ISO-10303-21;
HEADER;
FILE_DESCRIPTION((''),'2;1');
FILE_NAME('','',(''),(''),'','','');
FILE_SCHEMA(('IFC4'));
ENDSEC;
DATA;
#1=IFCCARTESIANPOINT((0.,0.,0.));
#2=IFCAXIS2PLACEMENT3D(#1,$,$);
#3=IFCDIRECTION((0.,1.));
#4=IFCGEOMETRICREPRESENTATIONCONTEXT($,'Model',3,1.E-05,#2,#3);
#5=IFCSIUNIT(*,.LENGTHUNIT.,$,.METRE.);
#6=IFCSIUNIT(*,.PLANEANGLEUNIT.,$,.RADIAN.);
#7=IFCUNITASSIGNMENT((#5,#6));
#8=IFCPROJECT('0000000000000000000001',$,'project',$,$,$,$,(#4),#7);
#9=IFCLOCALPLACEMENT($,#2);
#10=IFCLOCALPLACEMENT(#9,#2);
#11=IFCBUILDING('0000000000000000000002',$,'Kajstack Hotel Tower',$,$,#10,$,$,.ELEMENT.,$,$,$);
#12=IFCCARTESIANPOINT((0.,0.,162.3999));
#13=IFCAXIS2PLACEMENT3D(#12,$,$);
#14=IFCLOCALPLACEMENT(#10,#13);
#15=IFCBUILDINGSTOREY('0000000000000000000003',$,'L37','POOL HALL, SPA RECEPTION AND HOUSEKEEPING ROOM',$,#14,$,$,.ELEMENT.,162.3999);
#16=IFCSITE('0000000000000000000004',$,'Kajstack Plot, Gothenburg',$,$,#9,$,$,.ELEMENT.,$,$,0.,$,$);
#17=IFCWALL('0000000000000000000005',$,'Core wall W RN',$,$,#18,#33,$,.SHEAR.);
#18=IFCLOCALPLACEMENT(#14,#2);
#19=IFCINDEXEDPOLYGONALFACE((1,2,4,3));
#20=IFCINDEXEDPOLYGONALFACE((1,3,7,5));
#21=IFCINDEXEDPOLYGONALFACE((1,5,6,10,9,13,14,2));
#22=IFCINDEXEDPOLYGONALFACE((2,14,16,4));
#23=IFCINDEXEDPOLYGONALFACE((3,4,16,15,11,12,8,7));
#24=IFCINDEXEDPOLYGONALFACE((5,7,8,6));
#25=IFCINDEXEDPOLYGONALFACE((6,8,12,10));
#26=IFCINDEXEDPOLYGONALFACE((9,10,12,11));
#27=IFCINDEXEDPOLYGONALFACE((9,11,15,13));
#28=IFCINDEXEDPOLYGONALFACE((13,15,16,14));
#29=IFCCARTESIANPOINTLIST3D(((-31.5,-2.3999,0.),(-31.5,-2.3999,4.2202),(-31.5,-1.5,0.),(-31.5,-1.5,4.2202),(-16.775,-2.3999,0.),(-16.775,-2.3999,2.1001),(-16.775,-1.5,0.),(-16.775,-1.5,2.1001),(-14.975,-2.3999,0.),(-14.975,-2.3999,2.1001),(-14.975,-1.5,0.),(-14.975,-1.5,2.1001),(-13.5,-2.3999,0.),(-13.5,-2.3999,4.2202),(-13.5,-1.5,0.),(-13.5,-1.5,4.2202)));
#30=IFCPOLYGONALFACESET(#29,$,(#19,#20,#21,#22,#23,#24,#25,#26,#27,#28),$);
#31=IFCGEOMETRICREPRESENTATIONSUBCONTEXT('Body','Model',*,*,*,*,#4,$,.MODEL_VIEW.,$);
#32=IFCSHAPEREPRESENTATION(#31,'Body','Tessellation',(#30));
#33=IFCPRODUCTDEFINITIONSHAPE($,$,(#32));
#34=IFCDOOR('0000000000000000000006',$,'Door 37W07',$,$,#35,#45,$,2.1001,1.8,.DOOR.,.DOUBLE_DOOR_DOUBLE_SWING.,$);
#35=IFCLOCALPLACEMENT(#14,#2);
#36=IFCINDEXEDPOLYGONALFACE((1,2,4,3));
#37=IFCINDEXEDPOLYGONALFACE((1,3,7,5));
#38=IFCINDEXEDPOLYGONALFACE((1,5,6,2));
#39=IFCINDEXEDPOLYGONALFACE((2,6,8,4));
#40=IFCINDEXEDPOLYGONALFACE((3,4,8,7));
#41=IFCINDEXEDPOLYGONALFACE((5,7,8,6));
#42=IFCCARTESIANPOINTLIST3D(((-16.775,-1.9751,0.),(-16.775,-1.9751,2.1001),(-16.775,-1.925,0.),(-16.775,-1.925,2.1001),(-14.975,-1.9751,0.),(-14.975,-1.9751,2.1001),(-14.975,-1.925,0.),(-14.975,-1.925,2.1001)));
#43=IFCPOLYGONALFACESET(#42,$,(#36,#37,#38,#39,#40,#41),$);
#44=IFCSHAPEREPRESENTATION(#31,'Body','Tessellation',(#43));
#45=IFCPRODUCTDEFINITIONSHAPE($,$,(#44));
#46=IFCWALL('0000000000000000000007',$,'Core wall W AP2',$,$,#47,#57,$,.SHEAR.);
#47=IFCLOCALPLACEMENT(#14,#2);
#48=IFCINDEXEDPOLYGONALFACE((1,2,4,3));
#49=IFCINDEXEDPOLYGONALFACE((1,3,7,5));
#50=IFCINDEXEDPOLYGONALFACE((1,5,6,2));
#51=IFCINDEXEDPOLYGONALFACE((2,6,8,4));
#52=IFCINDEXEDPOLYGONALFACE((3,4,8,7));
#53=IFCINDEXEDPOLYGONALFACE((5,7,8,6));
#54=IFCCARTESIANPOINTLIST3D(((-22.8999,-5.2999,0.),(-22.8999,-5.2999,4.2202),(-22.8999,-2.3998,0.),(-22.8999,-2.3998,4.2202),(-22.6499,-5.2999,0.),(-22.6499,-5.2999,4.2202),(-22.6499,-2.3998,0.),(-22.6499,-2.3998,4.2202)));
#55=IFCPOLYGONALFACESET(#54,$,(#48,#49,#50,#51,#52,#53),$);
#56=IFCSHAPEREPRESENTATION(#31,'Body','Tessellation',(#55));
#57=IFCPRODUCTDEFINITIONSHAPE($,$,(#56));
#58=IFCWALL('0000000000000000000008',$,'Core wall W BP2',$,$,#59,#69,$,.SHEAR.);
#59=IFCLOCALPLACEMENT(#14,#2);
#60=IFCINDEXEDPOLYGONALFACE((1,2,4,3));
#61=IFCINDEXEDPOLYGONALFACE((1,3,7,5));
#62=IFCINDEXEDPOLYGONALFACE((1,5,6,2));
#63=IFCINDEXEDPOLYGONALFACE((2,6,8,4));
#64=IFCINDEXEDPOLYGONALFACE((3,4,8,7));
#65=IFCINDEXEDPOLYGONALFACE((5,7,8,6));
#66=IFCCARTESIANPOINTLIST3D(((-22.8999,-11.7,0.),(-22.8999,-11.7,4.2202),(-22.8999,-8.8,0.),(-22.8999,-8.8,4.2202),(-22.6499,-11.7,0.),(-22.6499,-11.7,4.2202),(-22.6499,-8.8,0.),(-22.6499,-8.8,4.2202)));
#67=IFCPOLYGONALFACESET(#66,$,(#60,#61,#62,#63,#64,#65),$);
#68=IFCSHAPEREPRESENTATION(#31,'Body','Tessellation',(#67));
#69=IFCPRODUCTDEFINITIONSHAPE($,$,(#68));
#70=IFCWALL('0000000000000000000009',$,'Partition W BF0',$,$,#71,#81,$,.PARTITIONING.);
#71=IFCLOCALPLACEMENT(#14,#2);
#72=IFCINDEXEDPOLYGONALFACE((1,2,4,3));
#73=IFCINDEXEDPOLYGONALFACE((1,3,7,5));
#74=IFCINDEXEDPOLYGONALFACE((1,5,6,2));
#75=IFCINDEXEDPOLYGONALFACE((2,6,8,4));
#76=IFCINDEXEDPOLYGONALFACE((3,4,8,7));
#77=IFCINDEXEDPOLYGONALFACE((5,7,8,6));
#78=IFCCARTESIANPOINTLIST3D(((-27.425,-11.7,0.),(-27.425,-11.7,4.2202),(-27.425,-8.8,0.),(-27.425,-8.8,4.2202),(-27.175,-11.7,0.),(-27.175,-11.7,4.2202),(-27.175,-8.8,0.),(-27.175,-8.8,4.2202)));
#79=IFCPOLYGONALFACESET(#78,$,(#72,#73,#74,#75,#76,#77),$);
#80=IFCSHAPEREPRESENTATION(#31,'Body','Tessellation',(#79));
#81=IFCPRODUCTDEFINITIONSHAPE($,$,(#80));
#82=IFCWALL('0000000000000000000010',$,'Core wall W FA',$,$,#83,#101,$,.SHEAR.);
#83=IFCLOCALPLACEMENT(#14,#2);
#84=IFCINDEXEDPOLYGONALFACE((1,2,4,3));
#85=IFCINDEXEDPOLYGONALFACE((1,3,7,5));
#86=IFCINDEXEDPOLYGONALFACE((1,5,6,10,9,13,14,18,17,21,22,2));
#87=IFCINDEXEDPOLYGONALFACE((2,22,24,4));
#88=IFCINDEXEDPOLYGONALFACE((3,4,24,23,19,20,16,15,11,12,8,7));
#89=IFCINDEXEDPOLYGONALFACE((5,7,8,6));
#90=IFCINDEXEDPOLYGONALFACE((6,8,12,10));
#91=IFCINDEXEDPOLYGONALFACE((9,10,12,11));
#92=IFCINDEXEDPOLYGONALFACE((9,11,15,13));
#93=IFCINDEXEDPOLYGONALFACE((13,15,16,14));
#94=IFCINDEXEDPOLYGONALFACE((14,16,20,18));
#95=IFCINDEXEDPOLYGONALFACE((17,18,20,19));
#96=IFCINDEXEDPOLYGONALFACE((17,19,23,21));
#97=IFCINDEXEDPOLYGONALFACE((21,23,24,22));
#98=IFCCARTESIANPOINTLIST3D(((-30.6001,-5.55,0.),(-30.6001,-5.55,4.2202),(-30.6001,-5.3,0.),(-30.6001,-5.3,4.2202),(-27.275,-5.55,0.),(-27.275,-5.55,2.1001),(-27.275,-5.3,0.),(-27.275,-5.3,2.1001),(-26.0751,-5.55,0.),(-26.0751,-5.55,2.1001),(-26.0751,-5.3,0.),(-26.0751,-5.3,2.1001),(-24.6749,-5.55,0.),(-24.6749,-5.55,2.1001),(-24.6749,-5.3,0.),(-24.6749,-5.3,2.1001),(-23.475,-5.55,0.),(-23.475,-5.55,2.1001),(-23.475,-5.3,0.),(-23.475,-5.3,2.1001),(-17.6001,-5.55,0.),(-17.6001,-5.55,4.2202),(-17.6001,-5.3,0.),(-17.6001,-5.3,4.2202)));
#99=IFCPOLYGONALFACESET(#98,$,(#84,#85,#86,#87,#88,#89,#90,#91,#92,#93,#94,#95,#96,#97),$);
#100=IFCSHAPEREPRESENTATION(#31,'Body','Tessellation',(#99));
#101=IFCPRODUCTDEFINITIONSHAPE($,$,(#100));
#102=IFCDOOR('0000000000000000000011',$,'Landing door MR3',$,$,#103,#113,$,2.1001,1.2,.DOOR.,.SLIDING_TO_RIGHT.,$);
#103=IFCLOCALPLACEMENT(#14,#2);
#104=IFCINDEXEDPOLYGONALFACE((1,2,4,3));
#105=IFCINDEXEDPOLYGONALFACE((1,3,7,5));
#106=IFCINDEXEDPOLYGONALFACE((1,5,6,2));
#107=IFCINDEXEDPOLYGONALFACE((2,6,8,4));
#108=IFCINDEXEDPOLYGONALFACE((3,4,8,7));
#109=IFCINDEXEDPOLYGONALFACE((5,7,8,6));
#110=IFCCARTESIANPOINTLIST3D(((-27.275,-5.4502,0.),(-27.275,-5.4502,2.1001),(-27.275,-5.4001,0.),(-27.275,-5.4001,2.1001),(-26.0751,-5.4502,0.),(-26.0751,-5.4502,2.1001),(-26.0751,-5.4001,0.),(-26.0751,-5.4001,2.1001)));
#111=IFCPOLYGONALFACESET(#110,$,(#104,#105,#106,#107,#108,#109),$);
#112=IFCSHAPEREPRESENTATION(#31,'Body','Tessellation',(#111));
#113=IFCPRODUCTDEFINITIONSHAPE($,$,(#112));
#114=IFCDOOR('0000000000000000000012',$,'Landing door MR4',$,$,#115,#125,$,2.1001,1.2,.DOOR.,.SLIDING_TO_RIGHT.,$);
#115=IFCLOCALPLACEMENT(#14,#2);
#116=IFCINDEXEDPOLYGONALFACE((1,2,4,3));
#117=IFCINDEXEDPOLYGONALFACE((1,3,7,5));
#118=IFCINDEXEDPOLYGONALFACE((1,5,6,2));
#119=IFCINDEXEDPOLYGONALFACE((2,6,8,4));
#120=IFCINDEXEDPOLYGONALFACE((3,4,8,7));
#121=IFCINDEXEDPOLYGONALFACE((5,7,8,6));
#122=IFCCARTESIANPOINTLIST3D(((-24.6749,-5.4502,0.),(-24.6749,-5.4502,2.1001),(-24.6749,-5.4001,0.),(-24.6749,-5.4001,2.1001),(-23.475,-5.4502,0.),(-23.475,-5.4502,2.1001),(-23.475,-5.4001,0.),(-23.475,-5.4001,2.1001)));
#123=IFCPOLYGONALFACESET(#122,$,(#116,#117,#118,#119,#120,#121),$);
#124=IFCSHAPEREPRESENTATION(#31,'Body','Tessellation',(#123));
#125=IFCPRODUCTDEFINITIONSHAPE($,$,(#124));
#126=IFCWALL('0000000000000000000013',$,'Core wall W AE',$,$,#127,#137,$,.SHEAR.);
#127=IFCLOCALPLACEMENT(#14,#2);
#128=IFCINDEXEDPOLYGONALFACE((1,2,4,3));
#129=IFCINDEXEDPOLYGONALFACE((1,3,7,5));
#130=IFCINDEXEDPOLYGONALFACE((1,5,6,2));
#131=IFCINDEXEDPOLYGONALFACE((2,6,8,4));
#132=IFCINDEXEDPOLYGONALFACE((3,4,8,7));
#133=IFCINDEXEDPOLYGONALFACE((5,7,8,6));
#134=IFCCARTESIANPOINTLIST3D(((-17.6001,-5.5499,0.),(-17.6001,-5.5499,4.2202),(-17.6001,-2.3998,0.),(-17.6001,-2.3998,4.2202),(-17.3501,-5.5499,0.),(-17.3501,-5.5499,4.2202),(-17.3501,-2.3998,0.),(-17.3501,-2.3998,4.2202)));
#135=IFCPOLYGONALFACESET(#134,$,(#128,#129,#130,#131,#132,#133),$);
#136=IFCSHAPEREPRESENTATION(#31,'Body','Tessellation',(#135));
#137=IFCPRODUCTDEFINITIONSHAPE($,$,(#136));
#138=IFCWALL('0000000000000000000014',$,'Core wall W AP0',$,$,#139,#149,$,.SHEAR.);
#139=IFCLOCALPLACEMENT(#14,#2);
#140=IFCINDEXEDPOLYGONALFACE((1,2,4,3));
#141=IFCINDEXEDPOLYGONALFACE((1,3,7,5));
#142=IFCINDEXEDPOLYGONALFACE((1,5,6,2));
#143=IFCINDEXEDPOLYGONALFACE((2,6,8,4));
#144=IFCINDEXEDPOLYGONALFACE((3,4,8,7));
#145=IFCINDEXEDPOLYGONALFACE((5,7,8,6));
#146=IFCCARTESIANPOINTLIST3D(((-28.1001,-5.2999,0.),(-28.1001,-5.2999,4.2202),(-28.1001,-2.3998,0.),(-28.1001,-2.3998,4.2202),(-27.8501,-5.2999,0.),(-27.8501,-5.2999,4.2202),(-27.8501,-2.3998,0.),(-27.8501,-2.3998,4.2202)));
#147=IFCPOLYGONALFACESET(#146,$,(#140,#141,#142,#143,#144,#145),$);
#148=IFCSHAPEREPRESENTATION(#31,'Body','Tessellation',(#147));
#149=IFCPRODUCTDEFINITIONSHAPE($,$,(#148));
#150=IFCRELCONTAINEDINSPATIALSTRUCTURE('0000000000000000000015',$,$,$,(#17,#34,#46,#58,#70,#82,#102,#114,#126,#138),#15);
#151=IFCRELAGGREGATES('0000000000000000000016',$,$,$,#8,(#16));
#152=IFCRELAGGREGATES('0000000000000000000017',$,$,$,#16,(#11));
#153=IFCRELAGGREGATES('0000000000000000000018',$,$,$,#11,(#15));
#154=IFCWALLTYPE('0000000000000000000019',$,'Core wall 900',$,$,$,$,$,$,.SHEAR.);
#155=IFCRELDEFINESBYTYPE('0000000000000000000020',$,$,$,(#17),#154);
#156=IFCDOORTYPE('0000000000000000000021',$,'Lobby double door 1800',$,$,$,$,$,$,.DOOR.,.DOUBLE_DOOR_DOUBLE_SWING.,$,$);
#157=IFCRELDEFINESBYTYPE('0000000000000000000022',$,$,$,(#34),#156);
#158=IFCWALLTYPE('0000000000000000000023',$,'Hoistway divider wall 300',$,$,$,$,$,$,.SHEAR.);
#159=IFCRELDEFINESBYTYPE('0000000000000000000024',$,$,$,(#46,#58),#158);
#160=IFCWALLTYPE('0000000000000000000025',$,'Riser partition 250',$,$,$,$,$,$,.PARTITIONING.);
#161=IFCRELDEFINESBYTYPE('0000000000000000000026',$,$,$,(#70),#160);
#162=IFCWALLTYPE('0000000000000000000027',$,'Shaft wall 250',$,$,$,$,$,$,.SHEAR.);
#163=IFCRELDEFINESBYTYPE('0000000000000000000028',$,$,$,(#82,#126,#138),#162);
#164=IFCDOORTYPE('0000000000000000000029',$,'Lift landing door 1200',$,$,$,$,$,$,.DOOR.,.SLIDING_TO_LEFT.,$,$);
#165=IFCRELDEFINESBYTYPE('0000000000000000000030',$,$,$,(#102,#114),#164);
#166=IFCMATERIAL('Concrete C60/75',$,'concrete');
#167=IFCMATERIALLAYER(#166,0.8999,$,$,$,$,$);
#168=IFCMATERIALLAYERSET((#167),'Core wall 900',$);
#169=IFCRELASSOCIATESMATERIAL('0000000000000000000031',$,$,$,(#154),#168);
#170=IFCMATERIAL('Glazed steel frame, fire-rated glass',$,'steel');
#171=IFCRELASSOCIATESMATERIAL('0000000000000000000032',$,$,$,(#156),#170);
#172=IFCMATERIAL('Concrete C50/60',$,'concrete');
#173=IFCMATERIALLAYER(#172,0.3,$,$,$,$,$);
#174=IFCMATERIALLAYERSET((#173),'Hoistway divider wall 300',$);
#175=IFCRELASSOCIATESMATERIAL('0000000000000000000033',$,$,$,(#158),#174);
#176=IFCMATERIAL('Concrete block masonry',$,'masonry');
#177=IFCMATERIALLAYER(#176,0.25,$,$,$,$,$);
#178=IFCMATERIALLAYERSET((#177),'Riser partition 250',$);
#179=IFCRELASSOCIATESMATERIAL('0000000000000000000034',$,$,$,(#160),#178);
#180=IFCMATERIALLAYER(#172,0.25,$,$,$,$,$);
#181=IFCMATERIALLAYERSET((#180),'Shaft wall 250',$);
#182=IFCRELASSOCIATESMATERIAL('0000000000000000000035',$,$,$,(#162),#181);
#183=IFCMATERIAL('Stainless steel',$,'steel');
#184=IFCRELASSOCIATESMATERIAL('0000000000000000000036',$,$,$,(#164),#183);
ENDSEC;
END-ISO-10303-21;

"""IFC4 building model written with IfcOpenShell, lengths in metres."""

from ifc_helpers import new_model, si_unit, direction, frame, frame_2d, origin, place, context, subcontext, project, spatial, rectangle, extrude, material, layer, layer_set, type_object, element, fill, save


model = new_model("IFC4")

# Units and contexts
model_context = context("Model", 3, precision=1e-05, world=origin(), true_north=direction((0.0, 1.0)))
body_context = subcontext(model_context, "Body", "Model", "MODEL_VIEW")
ifc_project = project(units=[si_unit("LENGTHUNIT", "METRE"), si_unit("PLANEANGLEUNIT", "RADIAN")], contexts=[model_context])

# Site, building, storey
site_placement = place(None, origin())
site = spatial("IfcSite", under=ifc_project, at=site_placement, Name="Kajstack Plot, Gothenburg", CompositionType="ELEMENT", RefElevation=0.0)
building_placement = place(site_placement, origin())
building = spatial("IfcBuilding", under=site, at=building_placement, Name="Kajstack Hotel Tower", CompositionType="ELEMENT")
storey_placement = place(building_placement, frame((0.0, 0.0, 162.3999)))
storey = spatial("IfcBuildingStorey", under=building, at=storey_placement, Name="L37", Description="POOL HALL, SPA RECEPTION AND HOUSEKEEPING ROOM", CompositionType="ELEMENT", Elevation=162.3999)

# Wall, opening, door
ifc_material_1 = material(Name="Concrete C60/75", Category="concrete")
ifc_layer_1 = layer(ifc_material_1, 0.8999)
ifc_layer_set_1 = layer_set([ifc_layer_1], Name="Core wall 900")
wall_type_1 = type_object("IfcWallType", Name="Core wall 900", PredefinedType="SHEAR", material=ifc_layer_set_1)
wall_1_placement = place(storey_placement, frame((-31.5, -1.95, 0.0), z_axis=(0.0, 0.0, 1.0), x_axis=(1.0, 0.0, 0.0)))
wall_1 = element("IfcWall", 1, at=wall_1_placement, inside=storey, type_object=wall_type_1, Name="Core wall W RN", PredefinedType="SHEAR", context=body_context, shape_type="SweptSolid", body=[
    extrude(rectangle(XDim=18.0, YDim=0.8999, at=frame_2d((9.0, 0.0))), origin(), (0.0, 0.0, 1.0), 4.2202),
])
opening_1_placement = place(wall_1_placement, frame((14.7251, 0.0, 0.0)))
opening_1 = element("IfcOpeningElement", 2, at=opening_1_placement, cuts=wall_1, PredefinedType="OPENING", context=body_context, shape_type="SweptSolid", body=[
    extrude(rectangle(XDim=1.8, YDim=2.1001, at=frame_2d((0.8999, 1.05))), frame((0.0, 0.46, 0.0), z_axis=(0.0, -1.0, 0.0), x_axis=(1.0, 0.0, 0.0)), (0.0, 0.0, 1.0), 0.9199),
])
ifc_material_2 = material(Name="Glazed steel frame, fire-rated glass", Category="steel")
door_type_1 = type_object("IfcDoorType", Name="Lobby double door 1800", OperationType="DOUBLE_DOOR_DOUBLE_SWING", PredefinedType="DOOR", material=ifc_material_2)
door_1_placement = place(opening_1_placement, origin())
door_1 = element("IfcDoor", 3, at=door_1_placement, inside=storey, type_object=door_type_1, Name="Door 37W07", OperationType="DOUBLE_DOOR_DOUBLE_SWING", OverallHeight=2.1001, OverallWidth=1.8, PredefinedType="DOOR", context=body_context, shape_type="SweptSolid", body=[
    extrude(rectangle(XDim=1.8, YDim=2.1001, at=frame_2d((0.8999, 1.05))), frame((0.0, 0.0249, 0.0), z_axis=(0.0, -1.0, 0.0), x_axis=(1.0, 0.0, 0.0)), (0.0, 0.0, 1.0), 0.05),
])
fill(opening_1, door_1)

# Walls
ifc_material_3 = material(Name="Concrete C50/60", Category="concrete")
ifc_layer_2 = layer(ifc_material_3, 0.3)
ifc_layer_set_2 = layer_set([ifc_layer_2], Name="Hoistway divider wall 300")
wall_type_2 = type_object("IfcWallType", Name="Hoistway divider wall 300", PredefinedType="SHEAR", material=ifc_layer_set_2)
wall_2_placement = place(storey_placement, frame((-22.7749, -5.3, 0.0), z_axis=(0.0, 0.0, 1.0), x_axis=(0.0, 1.0, 0.0)))
element("IfcWall", 4, at=wall_2_placement, inside=storey, type_object=wall_type_2, Name="Core wall W AP2", PredefinedType="SHEAR", context=body_context, shape_type="SweptSolid", body=[
    extrude(rectangle(XDim=2.9001, YDim=0.25, at=frame_2d((1.4502, 0.0))), origin(), (0.0, 0.0, 1.0), 4.2202),
])
wall_3_placement = place(storey_placement, frame((-22.7749, -11.7, 0.0), z_axis=(0.0, 0.0, 1.0), x_axis=(0.0, 1.0, 0.0)))
element("IfcWall", 5, at=wall_3_placement, inside=storey, type_object=wall_type_2, Name="Core wall W BP2", PredefinedType="SHEAR", context=body_context, shape_type="SweptSolid", body=[
    extrude(rectangle(XDim=2.8999, YDim=0.25, at=frame_2d((1.45, 0.0))), origin(), (0.0, 0.0, 1.0), 4.2202),
])
ifc_material_4 = material(Name="Concrete block masonry", Category="masonry")
ifc_layer_3 = layer(ifc_material_4, 0.25)
ifc_layer_set_3 = layer_set([ifc_layer_3], Name="Riser partition 250")
wall_type_3 = type_object("IfcWallType", Name="Riser partition 250", PredefinedType="PARTITIONING", material=ifc_layer_set_3)
wall_4_placement = place(storey_placement, frame((-27.3, -11.7, 0.0), z_axis=(0.0, 0.0, 1.0), x_axis=(0.0, 1.0, 0.0)))
element("IfcWall", 6, at=wall_4_placement, inside=storey, type_object=wall_type_3, Name="Partition W BF0", PredefinedType="PARTITIONING", context=body_context, shape_type="SweptSolid", body=[
    extrude(rectangle(XDim=2.8999, YDim=0.25, at=frame_2d((1.45, 0.0))), origin(), (0.0, 0.0, 1.0), 4.2202),
])

# Wall, openings, doors
ifc_layer_4 = layer(ifc_material_3, 0.25)
ifc_layer_set_4 = layer_set([ifc_layer_4], Name="Shaft wall 250")
wall_type_4 = type_object("IfcWallType", Name="Shaft wall 250", PredefinedType="SHEAR", material=ifc_layer_set_4)
wall_5_placement = place(storey_placement, frame((-30.6001, -5.425, 0.0), z_axis=(0.0, 0.0, 1.0), x_axis=(1.0, 0.0, 0.0)))
wall_5 = element("IfcWall", 7, at=wall_5_placement, inside=storey, type_object=wall_type_4, Name="Core wall W FA", PredefinedType="SHEAR", context=body_context, shape_type="SweptSolid", body=[
    extrude(rectangle(XDim=13.0, YDim=0.25, at=frame_2d((6.5, 0.0))), origin(), (0.0, 0.0, 1.0), 4.2202),
])
opening_2_placement = place(wall_5_placement, frame((3.325, 0.0, 0.0)))
opening_2 = element("IfcOpeningElement", 8, at=opening_2_placement, cuts=wall_5, PredefinedType="OPENING", context=body_context, shape_type="SweptSolid", body=[
    extrude(rectangle(XDim=1.2, YDim=2.1001, at=frame_2d((0.6001, 1.05))), frame((0.0, 0.135, 0.0), z_axis=(0.0, -1.0, 0.0), x_axis=(1.0, 0.0, 0.0)), (0.0, 0.0, 1.0), 0.27),
])
opening_3_placement = place(wall_5_placement, frame((5.925, 0.0, 0.0)))
opening_3 = element("IfcOpeningElement", 9, at=opening_3_placement, cuts=wall_5, PredefinedType="OPENING", context=body_context, shape_type="SweptSolid", body=[
    extrude(rectangle(XDim=1.2, YDim=2.1001, at=frame_2d((0.6001, 1.05))), frame((0.0, 0.135, 0.0), z_axis=(0.0, -1.0, 0.0), x_axis=(1.0, 0.0, 0.0)), (0.0, 0.0, 1.0), 0.27),
])
ifc_material_5 = material(Name="Stainless steel", Category="steel")
door_type_2 = type_object("IfcDoorType", Name="Lift landing door 1200", OperationType="SLIDING_TO_LEFT", PredefinedType="DOOR", material=ifc_material_5)
door_2_placement = place(opening_2_placement, origin())
door_2 = element("IfcDoor", 10, at=door_2_placement, inside=storey, type_object=door_type_2, Name="Landing door MR3", OperationType="SLIDING_TO_RIGHT", OverallHeight=2.1001, OverallWidth=1.2, PredefinedType="DOOR", context=body_context, shape_type="SweptSolid", body=[
    extrude(rectangle(XDim=1.2, YDim=2.1001, at=frame_2d((0.6001, 1.05))), frame((0.0, 0.0249, 0.0), z_axis=(0.0, -1.0, 0.0), x_axis=(1.0, 0.0, 0.0)), (0.0, 0.0, 1.0), 0.05),
])
fill(opening_2, door_2)
door_3_placement = place(opening_3_placement, origin())
door_3 = element("IfcDoor", 11, at=door_3_placement, inside=storey, type_object=door_type_2, Name="Landing door MR4", OperationType="SLIDING_TO_RIGHT", OverallHeight=2.1001, OverallWidth=1.2, PredefinedType="DOOR", context=body_context, shape_type="SweptSolid", body=[
    extrude(rectangle(XDim=1.2, YDim=2.1001, at=frame_2d((0.6001, 1.05))), frame((0.0, 0.0249, 0.0), z_axis=(0.0, -1.0, 0.0), x_axis=(1.0, 0.0, 0.0)), (0.0, 0.0, 1.0), 0.05),
])
fill(opening_3, door_3)

# Walls
wall_6_placement = place(storey_placement, frame((-17.4751, -5.55, 0.0), z_axis=(0.0, 0.0, 1.0), x_axis=(0.0, 1.0, 0.0)))
element("IfcWall", 12, at=wall_6_placement, inside=storey, type_object=wall_type_4, Name="Core wall W AE", PredefinedType="SHEAR", context=body_context, shape_type="SweptSolid", body=[
    extrude(rectangle(XDim=3.1501, YDim=0.25, at=frame_2d((1.5752, 0.0))), origin(), (0.0, 0.0, 1.0), 4.2202),
])
wall_7_placement = place(storey_placement, frame((-27.9751, -5.3, 0.0), z_axis=(0.0, 0.0, 1.0), x_axis=(0.0, 1.0, 0.0)))
element("IfcWall", 13, at=wall_7_placement, inside=storey, type_object=wall_type_4, Name="Core wall W AP0", PredefinedType="SHEAR", context=body_context, shape_type="SweptSolid", body=[
    extrude(rectangle(XDim=2.9001, YDim=0.25, at=frame_2d((1.4502, 0.0))), origin(), (0.0, 0.0, 1.0), 4.2202),
])

save(model, "model.ifc")
